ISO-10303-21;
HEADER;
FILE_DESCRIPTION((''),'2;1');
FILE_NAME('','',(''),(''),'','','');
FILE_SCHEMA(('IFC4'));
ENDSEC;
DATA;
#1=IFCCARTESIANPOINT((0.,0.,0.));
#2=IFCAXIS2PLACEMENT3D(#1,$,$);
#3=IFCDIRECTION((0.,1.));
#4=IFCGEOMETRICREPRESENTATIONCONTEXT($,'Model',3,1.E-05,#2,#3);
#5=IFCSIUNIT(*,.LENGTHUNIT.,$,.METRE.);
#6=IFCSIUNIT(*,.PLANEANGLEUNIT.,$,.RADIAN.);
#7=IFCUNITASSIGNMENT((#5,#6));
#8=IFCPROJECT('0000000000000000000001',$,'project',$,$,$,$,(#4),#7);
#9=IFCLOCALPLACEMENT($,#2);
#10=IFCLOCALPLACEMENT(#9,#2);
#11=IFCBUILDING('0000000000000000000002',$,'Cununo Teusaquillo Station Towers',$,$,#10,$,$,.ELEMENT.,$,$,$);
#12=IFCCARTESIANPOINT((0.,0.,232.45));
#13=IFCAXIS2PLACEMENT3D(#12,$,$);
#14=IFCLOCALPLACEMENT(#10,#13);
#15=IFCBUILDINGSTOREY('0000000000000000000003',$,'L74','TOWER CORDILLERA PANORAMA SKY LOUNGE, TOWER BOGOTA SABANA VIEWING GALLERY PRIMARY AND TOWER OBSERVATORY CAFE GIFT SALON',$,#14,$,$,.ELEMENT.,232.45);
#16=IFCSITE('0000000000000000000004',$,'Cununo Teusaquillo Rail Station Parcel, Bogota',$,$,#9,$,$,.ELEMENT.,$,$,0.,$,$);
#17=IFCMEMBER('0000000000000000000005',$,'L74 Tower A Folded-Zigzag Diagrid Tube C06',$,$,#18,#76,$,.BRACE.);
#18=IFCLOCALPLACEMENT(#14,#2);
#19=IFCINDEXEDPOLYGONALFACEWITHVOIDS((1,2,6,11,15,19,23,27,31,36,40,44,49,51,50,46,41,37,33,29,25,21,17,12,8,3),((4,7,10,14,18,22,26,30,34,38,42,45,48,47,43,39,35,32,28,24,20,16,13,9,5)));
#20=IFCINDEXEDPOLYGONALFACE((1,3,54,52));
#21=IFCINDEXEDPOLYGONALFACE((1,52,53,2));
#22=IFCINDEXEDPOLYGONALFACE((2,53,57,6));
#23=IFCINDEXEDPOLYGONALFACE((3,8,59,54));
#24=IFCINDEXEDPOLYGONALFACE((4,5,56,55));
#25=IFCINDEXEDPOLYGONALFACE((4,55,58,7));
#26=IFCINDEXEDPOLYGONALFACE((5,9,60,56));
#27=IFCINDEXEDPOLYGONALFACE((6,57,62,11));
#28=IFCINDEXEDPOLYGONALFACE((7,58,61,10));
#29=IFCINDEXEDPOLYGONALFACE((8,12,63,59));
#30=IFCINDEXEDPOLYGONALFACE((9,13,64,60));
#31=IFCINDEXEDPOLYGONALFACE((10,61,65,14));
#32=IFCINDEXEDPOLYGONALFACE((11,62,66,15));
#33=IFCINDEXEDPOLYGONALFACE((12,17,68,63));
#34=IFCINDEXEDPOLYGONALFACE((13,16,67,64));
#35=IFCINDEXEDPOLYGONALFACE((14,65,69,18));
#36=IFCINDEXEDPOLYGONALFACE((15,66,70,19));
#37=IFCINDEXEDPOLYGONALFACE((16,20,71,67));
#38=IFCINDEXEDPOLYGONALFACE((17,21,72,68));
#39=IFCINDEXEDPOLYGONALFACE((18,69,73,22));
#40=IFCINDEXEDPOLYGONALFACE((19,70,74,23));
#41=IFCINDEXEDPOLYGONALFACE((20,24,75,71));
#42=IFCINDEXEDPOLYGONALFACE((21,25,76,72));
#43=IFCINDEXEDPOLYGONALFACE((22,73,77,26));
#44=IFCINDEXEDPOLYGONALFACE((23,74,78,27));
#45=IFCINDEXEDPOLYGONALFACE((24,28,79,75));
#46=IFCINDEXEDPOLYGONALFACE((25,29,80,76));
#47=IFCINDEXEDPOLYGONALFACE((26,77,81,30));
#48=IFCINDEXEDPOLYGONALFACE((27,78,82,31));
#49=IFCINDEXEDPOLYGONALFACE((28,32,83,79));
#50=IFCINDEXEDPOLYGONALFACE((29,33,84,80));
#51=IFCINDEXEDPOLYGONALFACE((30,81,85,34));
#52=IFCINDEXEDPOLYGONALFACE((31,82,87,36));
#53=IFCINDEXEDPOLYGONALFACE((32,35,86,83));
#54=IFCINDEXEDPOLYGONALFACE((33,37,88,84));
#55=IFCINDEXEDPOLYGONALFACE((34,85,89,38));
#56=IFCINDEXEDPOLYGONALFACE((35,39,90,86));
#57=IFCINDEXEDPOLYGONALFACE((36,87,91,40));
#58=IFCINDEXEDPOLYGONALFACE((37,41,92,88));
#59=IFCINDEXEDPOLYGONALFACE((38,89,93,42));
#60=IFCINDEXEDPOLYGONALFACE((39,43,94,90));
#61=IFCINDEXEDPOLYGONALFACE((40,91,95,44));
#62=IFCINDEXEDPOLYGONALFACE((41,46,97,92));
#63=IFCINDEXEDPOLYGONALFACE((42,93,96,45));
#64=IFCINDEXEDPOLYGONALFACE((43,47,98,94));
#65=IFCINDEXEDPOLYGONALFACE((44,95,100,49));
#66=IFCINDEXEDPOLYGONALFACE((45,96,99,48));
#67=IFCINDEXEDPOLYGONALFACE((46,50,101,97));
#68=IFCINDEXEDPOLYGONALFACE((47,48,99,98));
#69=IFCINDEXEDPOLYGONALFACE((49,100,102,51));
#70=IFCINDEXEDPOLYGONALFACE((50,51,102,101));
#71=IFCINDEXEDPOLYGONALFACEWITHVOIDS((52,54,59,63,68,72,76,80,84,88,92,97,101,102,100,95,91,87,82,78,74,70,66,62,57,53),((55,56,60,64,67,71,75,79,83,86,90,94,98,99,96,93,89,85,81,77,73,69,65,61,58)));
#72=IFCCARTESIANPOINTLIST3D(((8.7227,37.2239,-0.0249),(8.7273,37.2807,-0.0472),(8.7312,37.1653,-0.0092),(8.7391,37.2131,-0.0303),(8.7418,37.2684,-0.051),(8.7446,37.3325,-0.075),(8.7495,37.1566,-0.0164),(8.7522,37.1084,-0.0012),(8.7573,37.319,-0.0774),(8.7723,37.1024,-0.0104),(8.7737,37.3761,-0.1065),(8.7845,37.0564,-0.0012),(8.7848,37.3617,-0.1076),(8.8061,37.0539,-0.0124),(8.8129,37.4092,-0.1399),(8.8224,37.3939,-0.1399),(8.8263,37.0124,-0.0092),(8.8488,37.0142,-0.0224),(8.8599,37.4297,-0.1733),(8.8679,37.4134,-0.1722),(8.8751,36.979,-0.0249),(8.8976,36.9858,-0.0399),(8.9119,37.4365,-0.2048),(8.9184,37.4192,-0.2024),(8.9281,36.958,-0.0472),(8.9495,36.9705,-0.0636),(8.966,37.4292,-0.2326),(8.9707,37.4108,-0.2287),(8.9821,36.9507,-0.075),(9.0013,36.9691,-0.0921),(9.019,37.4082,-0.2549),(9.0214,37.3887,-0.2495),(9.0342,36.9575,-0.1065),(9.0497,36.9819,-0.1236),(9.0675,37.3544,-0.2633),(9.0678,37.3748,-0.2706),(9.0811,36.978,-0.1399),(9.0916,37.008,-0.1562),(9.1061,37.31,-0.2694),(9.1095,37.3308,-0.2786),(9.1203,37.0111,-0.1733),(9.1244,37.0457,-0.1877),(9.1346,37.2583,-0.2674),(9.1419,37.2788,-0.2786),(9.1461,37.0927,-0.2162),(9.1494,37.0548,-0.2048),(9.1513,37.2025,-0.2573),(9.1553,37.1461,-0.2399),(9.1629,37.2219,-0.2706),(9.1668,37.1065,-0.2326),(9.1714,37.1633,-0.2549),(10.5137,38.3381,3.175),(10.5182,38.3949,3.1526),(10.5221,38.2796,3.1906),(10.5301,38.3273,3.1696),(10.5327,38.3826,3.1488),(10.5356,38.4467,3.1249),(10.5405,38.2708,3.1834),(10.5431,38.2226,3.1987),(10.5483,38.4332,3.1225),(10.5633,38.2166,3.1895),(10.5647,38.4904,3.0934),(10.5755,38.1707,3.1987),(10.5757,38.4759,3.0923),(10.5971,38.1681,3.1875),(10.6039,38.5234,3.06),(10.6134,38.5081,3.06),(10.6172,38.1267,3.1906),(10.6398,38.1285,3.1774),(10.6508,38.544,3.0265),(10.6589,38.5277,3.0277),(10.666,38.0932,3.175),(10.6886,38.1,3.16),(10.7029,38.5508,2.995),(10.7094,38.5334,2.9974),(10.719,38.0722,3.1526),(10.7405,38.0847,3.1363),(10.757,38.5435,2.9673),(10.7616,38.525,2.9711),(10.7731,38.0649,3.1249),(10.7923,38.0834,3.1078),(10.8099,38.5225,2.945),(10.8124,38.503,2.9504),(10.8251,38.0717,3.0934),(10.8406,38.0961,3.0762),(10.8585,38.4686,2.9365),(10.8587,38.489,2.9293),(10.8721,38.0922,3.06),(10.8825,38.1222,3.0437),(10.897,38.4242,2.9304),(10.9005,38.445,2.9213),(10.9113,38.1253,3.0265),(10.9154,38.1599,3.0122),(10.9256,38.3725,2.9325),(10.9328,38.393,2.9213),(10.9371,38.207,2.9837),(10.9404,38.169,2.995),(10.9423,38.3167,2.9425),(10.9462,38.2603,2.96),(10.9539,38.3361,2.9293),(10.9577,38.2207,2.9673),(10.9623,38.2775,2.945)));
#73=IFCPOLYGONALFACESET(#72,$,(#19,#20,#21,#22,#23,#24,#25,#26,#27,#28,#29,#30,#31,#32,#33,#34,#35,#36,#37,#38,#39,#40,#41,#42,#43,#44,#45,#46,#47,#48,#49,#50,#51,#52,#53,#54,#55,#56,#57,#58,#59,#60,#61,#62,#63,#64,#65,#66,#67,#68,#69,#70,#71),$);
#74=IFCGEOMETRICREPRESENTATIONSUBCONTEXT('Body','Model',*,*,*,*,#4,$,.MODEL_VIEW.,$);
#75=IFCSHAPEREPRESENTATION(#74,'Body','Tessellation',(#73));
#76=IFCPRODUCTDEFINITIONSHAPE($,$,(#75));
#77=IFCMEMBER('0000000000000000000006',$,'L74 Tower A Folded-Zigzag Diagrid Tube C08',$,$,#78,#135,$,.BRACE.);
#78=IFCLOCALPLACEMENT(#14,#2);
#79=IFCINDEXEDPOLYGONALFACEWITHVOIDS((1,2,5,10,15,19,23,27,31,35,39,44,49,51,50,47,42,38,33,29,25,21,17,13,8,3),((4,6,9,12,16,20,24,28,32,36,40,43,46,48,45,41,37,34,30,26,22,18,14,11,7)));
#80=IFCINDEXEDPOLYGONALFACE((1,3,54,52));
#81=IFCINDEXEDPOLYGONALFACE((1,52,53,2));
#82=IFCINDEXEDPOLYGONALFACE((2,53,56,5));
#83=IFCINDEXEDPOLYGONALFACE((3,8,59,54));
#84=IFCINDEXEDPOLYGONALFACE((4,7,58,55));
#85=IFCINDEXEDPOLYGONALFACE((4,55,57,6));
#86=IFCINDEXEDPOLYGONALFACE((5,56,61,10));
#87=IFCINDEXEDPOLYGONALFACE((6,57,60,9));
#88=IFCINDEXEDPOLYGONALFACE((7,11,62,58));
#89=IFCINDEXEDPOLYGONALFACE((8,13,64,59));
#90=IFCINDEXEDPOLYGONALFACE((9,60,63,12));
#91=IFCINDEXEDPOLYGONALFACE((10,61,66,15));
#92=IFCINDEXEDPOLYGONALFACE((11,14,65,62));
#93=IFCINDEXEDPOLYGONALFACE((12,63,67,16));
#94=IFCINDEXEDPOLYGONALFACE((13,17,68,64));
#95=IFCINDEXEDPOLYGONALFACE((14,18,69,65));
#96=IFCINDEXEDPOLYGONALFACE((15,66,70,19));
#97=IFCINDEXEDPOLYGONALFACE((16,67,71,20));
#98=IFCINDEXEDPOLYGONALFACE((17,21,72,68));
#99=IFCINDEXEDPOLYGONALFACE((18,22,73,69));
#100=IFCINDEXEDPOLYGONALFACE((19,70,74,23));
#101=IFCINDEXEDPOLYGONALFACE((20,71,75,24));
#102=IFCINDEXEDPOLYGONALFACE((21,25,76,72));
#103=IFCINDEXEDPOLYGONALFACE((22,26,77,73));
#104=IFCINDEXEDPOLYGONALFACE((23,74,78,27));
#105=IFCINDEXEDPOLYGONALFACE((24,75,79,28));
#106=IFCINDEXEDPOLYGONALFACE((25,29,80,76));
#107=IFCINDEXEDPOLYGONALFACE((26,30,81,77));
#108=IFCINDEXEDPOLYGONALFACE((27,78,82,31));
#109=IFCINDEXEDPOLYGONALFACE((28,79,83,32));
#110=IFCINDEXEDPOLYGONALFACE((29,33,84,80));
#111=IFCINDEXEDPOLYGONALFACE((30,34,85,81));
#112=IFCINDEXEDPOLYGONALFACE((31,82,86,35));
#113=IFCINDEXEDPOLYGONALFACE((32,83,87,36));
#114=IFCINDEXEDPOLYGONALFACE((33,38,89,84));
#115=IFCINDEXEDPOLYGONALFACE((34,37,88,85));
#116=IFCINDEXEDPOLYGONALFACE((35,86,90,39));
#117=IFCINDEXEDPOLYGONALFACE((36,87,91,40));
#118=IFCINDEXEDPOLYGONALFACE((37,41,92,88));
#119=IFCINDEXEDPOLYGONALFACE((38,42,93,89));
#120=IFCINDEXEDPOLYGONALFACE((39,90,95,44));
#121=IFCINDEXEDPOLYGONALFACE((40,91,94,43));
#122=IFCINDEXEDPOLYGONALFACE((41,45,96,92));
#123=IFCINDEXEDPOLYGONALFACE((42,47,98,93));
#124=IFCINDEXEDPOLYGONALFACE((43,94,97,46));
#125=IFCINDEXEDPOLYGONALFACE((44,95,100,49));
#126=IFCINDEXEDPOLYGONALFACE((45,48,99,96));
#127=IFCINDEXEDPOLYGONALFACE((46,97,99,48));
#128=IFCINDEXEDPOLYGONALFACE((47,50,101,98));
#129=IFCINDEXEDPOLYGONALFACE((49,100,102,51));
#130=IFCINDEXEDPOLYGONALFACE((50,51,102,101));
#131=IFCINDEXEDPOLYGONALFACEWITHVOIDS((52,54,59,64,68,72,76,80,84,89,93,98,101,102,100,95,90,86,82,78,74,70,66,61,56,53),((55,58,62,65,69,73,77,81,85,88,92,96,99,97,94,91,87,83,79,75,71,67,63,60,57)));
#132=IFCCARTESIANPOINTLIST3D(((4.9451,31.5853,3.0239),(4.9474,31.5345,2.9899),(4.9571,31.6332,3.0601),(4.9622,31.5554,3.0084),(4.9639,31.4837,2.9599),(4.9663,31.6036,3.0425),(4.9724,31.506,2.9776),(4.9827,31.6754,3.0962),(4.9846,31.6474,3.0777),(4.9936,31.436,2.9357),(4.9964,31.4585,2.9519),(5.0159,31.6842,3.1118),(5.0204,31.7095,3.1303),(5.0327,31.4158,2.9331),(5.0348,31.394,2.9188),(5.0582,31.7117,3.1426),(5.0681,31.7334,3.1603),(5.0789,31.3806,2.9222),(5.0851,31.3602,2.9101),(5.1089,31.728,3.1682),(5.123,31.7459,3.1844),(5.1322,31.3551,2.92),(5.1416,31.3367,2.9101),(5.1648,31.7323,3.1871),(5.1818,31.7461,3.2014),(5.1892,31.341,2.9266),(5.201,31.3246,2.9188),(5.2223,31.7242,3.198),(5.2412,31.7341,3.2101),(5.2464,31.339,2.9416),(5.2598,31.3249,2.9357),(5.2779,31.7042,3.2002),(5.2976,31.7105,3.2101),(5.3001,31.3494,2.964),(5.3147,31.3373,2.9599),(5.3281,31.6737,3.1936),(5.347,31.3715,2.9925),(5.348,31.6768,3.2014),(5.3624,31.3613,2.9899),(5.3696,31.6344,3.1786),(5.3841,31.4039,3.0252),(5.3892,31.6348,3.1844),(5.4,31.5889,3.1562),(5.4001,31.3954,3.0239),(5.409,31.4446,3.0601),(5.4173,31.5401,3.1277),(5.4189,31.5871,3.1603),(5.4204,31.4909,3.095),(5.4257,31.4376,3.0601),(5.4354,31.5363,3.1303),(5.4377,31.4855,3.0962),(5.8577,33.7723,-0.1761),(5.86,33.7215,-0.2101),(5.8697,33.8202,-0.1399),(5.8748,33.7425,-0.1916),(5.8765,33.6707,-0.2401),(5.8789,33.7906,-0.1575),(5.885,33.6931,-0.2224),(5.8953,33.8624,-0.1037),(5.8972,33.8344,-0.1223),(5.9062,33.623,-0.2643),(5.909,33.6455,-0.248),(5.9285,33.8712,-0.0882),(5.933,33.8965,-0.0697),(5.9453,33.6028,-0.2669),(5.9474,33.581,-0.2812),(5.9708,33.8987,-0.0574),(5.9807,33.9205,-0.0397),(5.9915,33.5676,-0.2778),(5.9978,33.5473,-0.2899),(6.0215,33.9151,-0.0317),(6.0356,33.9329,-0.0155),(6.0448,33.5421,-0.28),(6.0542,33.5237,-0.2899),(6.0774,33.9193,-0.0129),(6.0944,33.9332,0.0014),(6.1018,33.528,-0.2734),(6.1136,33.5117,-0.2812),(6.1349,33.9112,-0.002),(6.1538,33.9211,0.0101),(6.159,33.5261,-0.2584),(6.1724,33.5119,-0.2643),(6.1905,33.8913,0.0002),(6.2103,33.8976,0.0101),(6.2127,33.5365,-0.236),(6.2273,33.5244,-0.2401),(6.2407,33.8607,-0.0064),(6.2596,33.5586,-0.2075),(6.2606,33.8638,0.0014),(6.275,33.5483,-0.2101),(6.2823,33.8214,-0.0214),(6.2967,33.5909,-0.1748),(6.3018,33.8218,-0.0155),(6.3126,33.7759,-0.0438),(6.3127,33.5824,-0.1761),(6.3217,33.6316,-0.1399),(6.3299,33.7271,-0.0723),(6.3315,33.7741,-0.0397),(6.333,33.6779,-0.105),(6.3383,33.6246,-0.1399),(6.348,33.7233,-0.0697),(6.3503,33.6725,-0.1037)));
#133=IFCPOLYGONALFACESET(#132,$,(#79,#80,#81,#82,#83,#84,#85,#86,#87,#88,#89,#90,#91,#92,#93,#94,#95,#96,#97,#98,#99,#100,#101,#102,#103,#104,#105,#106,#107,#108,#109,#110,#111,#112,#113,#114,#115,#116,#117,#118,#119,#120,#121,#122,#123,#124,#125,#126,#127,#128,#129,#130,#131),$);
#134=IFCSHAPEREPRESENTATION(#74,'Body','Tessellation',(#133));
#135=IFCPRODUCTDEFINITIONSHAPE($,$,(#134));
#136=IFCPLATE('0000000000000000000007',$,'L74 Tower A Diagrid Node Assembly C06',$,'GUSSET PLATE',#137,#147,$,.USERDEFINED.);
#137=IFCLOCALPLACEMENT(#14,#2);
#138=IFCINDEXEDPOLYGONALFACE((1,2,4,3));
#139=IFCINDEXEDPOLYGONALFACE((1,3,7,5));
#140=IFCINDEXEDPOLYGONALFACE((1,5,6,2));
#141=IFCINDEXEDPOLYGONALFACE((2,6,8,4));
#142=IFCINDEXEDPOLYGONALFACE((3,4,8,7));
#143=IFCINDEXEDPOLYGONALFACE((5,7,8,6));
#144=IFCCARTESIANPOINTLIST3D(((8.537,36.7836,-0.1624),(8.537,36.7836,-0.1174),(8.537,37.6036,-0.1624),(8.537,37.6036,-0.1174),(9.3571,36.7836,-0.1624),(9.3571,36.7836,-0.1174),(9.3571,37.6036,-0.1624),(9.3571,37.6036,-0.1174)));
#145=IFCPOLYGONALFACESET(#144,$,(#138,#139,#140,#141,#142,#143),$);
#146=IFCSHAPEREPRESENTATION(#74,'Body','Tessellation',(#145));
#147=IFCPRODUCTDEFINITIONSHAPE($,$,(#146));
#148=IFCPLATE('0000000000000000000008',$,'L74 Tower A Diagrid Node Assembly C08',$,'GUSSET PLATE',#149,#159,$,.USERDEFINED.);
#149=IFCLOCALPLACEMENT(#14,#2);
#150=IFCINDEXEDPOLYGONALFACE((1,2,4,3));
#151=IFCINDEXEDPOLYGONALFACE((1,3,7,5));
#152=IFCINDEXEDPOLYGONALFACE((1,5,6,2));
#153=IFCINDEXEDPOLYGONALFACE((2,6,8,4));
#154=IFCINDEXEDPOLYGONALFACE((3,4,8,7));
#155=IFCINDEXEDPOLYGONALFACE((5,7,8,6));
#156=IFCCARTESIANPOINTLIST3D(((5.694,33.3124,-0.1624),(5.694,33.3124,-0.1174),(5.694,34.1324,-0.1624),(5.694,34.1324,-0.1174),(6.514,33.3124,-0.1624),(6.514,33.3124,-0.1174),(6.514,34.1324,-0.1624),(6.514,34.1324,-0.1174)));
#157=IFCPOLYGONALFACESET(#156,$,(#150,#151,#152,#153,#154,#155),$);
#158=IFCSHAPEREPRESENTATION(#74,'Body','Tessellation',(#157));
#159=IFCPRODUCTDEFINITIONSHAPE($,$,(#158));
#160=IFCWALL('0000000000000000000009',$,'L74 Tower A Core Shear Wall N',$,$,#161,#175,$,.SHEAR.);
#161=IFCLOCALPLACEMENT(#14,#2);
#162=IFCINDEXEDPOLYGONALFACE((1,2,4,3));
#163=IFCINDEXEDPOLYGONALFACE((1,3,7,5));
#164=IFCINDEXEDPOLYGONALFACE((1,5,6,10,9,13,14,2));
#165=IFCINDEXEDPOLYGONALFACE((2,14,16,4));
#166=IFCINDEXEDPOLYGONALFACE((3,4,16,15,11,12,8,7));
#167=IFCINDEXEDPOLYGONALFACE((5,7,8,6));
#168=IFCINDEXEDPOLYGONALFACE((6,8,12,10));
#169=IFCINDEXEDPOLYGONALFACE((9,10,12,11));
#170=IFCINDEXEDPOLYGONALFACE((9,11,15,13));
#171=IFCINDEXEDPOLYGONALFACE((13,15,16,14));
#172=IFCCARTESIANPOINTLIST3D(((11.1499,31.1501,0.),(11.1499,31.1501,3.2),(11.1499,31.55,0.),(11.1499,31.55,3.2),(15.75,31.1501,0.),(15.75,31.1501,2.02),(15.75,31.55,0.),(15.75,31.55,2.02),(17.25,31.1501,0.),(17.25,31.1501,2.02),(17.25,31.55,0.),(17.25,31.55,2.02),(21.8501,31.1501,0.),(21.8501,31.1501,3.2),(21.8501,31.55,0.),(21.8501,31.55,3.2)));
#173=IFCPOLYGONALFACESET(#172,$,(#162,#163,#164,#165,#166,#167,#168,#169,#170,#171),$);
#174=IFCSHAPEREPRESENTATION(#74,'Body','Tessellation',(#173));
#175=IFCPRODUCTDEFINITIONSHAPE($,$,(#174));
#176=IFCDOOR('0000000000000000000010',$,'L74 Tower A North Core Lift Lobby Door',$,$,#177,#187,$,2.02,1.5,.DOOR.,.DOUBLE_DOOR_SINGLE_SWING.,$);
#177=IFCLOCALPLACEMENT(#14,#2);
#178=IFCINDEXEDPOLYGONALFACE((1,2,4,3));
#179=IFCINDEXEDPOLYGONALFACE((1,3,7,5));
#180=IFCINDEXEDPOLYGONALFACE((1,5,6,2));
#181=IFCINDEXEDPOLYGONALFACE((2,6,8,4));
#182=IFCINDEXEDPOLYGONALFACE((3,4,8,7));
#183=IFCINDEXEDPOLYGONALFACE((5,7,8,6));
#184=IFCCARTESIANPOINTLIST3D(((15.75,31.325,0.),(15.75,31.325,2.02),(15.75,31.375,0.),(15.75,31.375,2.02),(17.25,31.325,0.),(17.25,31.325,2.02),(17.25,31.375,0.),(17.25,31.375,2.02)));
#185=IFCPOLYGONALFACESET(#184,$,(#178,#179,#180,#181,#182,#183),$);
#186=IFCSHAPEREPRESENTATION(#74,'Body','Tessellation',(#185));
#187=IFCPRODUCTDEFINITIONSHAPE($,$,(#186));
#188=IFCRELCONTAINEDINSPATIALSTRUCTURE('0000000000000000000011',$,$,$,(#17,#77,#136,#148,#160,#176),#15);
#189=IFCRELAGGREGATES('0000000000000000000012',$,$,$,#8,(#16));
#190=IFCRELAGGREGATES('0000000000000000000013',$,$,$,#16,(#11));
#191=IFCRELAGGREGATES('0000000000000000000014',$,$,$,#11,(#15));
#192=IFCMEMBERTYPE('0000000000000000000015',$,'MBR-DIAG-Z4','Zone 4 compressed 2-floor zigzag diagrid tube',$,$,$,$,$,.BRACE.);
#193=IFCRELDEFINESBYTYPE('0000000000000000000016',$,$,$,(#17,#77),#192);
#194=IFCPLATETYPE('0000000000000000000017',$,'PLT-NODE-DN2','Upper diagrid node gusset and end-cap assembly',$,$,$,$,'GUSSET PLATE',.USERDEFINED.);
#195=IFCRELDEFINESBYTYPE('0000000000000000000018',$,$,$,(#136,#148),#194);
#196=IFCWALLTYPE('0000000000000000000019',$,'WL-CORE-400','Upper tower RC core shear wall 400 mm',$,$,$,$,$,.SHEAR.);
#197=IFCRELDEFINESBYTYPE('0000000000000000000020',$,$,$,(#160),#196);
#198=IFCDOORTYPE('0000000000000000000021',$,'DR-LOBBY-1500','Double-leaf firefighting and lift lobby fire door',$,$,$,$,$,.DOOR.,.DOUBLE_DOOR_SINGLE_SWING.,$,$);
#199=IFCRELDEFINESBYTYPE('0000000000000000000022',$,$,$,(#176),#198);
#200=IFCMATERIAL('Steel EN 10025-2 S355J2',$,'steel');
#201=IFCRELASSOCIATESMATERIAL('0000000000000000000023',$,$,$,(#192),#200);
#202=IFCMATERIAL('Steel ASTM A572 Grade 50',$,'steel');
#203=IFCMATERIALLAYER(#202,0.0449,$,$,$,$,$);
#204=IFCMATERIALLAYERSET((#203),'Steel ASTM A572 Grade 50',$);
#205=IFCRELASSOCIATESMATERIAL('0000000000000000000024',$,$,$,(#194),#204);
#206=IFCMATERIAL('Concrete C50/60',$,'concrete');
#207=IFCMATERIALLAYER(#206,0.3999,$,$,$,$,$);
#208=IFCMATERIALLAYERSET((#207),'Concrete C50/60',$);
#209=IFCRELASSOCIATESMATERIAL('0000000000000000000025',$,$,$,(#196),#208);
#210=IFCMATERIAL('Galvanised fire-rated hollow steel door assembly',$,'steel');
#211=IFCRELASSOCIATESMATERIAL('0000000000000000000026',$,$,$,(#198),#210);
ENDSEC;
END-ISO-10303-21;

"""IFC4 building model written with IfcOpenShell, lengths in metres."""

from ifc_helpers import new_model, si_unit, direction, frame, frame_2d, origin, origin_2d, place, context, subcontext, project, spatial, rectangle, hollow_circle, extrude, source, transform, mapped, material, layer, layer_set, material_profile, profile_set, type_object, element, fill, save


model = new_model("IFC4")

# Units and contexts
model_context = context("Model", 3, precision=1e-05, world=origin(), true_north=direction((0.0, 1.0)))
body_context = subcontext(model_context, "Body", "Model", "MODEL_VIEW")
ifc_project = project(units=[si_unit("LENGTHUNIT", "METRE"), si_unit("PLANEANGLEUNIT", "RADIAN")], contexts=[model_context])

# Site, building, storey
site_placement = place(None, origin())
site = spatial("IfcSite", under=ifc_project, at=site_placement, Name="Cununo Teusaquillo Rail Station Parcel, Bogota", CompositionType="ELEMENT", RefElevation=0.0)
building_placement = place(site_placement, origin())
building = spatial("IfcBuilding", under=site, at=building_placement, Name="Cununo Teusaquillo Station Towers", CompositionType="ELEMENT")
storey_placement = place(building_placement, frame((0.0, 0.0, 232.45)))
storey = spatial("IfcBuildingStorey", under=building, at=storey_placement, Name="L74", Description="TOWER CORDILLERA PANORAMA SKY LOUNGE, TOWER BOGOTA SABANA VIEWING GALLERY PRIMARY AND TOWER OBSERVATORY CAFE GIFT SALON", CompositionType="ELEMENT", Elevation=232.45)

# Members
ifc_material_1 = material(Name="Steel EN 10025-2 S355J2", Category="steel")
ifc_material_profile_1 = material_profile(ifc_material_1, hollow_circle(Radius=0.2539, WallThickness=0.0181, at=origin_2d()), Name="CHS 508x18")
ifc_profile_set_1 = profile_set([ifc_material_profile_1], Name="Steel EN 10025-2 S355J2")
member_type = type_object("IfcMemberType", Name="MBR-DIAG-Z4", Description="Zone 4 compressed 2-floor zigzag diagrid tube", PredefinedType="BRACE", material=ifc_profile_set_1)
member_1_placement = place(storey_placement, frame((8.947, 37.1936, -0.1399), z_axis=(0.467308, 0.29073, 0.834925), x_axis=(-0.52825, 0.849089, 0.0)))
element("IfcMember", 1, at=member_1_placement, inside=storey, type_object=member_type, Name="L74 Tower A Folded-Zigzag Diagrid Tube C06", PredefinedType="BRACE", context=body_context, shape_type="SweptSolid", body=[
    extrude(hollow_circle(Radius=0.2539, WallThickness=0.0181, at=origin_2d()), origin(), (0.0, 0.0, 1.0), 3.8325),
])
member_2_placement = place(storey_placement, frame((6.104, 33.7224, -0.1399), z_axis=(-0.229186, -0.549238, 0.803624), x_axis=(0.922876, -0.385098, 0.0)))
element("IfcMember", 2, at=member_2_placement, inside=storey, type_object=member_type, Name="L74 Tower A Folded-Zigzag Diagrid Tube C08", PredefinedType="BRACE", context=body_context, shape_type="SweptSolid", body=[
    extrude(hollow_circle(Radius=0.2539, WallThickness=0.0181, at=origin_2d()), origin(), (0.0, 0.0, 1.0), 3.9819),
])

# Plates
ifc_material_2 = material(Name="Steel ASTM A572 Grade 50", Category="steel")
ifc_layer_1 = layer(ifc_material_2, 0.0449)
ifc_layer_set_1 = layer_set([ifc_layer_1], Name="Steel ASTM A572 Grade 50")
plate_type = type_object("IfcPlateType", Name="PLT-NODE-DN2", Description="Upper diagrid node gusset and end-cap assembly", ElementType="GUSSET PLATE", PredefinedType="USERDEFINED", material=ifc_layer_set_1)
shared_shape_1 = source(origin(), body_context, "Body", "SweptSolid", [
    extrude(rectangle(XDim=0.8201, YDim=0.8201, at=origin_2d()), origin(), (0.0, 0.0, 1.0), 0.0449),
])
for number, where, z_axis, x_axis, name in (
    (3, (8.947, 37.1936, -0.1624), (0.0, 0.0, 1.0), (1.0, 0.0, 0.0), "L74 Tower A Diagrid Node Assembly C06"),
    (4, (6.104, 33.7224, -0.1624), (0.0, 0.0, 1.0), (1.0, 0.0, 0.0), "L74 Tower A Diagrid Node Assembly C08"),
):
    element("IfcPlate", number, at=place(storey_placement, frame(where, z_axis=z_axis, x_axis=x_axis)), inside=storey, type_object=plate_type, Name=name, ObjectType="GUSSET PLATE", PredefinedType="USERDEFINED", context=body_context, shape_type="MappedRepresentation", body=[
        mapped(shared_shape_1, transform((0.0, 0.0, 0.0), x_axis=(1.0, 0.0, 0.0), y_axis=(0.0, 1.0, 0.0), z_axis=(0.0, 0.0, 1.0), scale=1.0)),
    ])

# Wall, opening, door
ifc_material_3 = material(Name="Concrete C50/60", Category="concrete")
ifc_layer_2 = layer(ifc_material_3, 0.3999)
ifc_layer_set_2 = layer_set([ifc_layer_2], Name="Concrete C50/60")
wall_type_1 = type_object("IfcWallType", Name="WL-CORE-400", Description="Upper tower RC core shear wall 400 mm", PredefinedType="SHEAR", material=ifc_layer_set_2)
wall_1_placement = place(storey_placement, frame((11.1499, 31.3501, 0.0), z_axis=(0.0, 0.0, 1.0), x_axis=(1.0, 0.0, 0.0)))
wall_1 = element("IfcWall", 5, at=wall_1_placement, inside=storey, type_object=wall_type_1, Name="L74 Tower A Core Shear Wall N", PredefinedType="SHEAR", context=body_context, shape_type="SweptSolid", body=[
    extrude(rectangle(XDim=10.7002, YDim=0.3999, at=frame_2d((5.3501, 0.0))), origin(), (0.0, 0.0, 1.0), 3.2),
])
shared_shape_2 = source(origin(), body_context, "Body", "SweptSolid", [
    extrude(rectangle(XDim=1.5, YDim=2.02, at=frame_2d((0.75, 1.01))), frame((0.0, 0.21, 0.0), z_axis=(0.0, -1.0, 0.0), x_axis=(1.0, 0.0, 0.0)), (0.0, 0.0, 1.0), 0.4199),
])
opening_1_placement = place(wall_1_placement, frame((4.6001, 0.0, 0.0)))
opening_1 = element("IfcOpeningElement", 6, at=opening_1_placement, cuts=wall_1, PredefinedType="OPENING", context=body_context, shape_type="MappedRepresentation", body=[
    mapped(shared_shape_2, transform((0.0, 0.0, 0.0), x_axis=(1.0, 0.0, 0.0), y_axis=(0.0, 1.0, 0.0), z_axis=(0.0, 0.0, 1.0), scale=1.0)),
])
ifc_material_4 = material(Name="Galvanised fire-rated hollow steel door assembly", Category="steel")
door_type = type_object("IfcDoorType", Name="DR-LOBBY-1500", Description="Double-leaf firefighting and lift lobby fire door", OperationType="DOUBLE_DOOR_SINGLE_SWING", PredefinedType="DOOR", material=ifc_material_4)
shared_shape_3 = source(origin(), body_context, "Body", "SweptSolid", [
    extrude(rectangle(XDim=1.5, YDim=2.02, at=frame_2d((0.75, 1.01))), frame((0.0, 0.0249, 0.0), z_axis=(0.0, -1.0, 0.0), x_axis=(1.0, 0.0, 0.0)), (0.0, 0.0, 1.0), 0.05),
])
door_placement = place(opening_1_placement, origin())
door = element("IfcDoor", 7, at=door_placement, inside=storey, type_object=door_type, Name="L74 Tower A North Core Lift Lobby Door", OperationType="DOUBLE_DOOR_SINGLE_SWING", OverallHeight=2.02, OverallWidth=1.5, PredefinedType="DOOR", context=body_context, shape_type="MappedRepresentation", body=[
    mapped(shared_shape_3, transform((0.0, 0.0, 0.0), x_axis=(1.0, 0.0, 0.0), y_axis=(0.0, 1.0, 0.0), z_axis=(0.0, 0.0, 1.0), scale=1.0)),
])
fill(opening_1, door)

save(model, "model.ifc")
